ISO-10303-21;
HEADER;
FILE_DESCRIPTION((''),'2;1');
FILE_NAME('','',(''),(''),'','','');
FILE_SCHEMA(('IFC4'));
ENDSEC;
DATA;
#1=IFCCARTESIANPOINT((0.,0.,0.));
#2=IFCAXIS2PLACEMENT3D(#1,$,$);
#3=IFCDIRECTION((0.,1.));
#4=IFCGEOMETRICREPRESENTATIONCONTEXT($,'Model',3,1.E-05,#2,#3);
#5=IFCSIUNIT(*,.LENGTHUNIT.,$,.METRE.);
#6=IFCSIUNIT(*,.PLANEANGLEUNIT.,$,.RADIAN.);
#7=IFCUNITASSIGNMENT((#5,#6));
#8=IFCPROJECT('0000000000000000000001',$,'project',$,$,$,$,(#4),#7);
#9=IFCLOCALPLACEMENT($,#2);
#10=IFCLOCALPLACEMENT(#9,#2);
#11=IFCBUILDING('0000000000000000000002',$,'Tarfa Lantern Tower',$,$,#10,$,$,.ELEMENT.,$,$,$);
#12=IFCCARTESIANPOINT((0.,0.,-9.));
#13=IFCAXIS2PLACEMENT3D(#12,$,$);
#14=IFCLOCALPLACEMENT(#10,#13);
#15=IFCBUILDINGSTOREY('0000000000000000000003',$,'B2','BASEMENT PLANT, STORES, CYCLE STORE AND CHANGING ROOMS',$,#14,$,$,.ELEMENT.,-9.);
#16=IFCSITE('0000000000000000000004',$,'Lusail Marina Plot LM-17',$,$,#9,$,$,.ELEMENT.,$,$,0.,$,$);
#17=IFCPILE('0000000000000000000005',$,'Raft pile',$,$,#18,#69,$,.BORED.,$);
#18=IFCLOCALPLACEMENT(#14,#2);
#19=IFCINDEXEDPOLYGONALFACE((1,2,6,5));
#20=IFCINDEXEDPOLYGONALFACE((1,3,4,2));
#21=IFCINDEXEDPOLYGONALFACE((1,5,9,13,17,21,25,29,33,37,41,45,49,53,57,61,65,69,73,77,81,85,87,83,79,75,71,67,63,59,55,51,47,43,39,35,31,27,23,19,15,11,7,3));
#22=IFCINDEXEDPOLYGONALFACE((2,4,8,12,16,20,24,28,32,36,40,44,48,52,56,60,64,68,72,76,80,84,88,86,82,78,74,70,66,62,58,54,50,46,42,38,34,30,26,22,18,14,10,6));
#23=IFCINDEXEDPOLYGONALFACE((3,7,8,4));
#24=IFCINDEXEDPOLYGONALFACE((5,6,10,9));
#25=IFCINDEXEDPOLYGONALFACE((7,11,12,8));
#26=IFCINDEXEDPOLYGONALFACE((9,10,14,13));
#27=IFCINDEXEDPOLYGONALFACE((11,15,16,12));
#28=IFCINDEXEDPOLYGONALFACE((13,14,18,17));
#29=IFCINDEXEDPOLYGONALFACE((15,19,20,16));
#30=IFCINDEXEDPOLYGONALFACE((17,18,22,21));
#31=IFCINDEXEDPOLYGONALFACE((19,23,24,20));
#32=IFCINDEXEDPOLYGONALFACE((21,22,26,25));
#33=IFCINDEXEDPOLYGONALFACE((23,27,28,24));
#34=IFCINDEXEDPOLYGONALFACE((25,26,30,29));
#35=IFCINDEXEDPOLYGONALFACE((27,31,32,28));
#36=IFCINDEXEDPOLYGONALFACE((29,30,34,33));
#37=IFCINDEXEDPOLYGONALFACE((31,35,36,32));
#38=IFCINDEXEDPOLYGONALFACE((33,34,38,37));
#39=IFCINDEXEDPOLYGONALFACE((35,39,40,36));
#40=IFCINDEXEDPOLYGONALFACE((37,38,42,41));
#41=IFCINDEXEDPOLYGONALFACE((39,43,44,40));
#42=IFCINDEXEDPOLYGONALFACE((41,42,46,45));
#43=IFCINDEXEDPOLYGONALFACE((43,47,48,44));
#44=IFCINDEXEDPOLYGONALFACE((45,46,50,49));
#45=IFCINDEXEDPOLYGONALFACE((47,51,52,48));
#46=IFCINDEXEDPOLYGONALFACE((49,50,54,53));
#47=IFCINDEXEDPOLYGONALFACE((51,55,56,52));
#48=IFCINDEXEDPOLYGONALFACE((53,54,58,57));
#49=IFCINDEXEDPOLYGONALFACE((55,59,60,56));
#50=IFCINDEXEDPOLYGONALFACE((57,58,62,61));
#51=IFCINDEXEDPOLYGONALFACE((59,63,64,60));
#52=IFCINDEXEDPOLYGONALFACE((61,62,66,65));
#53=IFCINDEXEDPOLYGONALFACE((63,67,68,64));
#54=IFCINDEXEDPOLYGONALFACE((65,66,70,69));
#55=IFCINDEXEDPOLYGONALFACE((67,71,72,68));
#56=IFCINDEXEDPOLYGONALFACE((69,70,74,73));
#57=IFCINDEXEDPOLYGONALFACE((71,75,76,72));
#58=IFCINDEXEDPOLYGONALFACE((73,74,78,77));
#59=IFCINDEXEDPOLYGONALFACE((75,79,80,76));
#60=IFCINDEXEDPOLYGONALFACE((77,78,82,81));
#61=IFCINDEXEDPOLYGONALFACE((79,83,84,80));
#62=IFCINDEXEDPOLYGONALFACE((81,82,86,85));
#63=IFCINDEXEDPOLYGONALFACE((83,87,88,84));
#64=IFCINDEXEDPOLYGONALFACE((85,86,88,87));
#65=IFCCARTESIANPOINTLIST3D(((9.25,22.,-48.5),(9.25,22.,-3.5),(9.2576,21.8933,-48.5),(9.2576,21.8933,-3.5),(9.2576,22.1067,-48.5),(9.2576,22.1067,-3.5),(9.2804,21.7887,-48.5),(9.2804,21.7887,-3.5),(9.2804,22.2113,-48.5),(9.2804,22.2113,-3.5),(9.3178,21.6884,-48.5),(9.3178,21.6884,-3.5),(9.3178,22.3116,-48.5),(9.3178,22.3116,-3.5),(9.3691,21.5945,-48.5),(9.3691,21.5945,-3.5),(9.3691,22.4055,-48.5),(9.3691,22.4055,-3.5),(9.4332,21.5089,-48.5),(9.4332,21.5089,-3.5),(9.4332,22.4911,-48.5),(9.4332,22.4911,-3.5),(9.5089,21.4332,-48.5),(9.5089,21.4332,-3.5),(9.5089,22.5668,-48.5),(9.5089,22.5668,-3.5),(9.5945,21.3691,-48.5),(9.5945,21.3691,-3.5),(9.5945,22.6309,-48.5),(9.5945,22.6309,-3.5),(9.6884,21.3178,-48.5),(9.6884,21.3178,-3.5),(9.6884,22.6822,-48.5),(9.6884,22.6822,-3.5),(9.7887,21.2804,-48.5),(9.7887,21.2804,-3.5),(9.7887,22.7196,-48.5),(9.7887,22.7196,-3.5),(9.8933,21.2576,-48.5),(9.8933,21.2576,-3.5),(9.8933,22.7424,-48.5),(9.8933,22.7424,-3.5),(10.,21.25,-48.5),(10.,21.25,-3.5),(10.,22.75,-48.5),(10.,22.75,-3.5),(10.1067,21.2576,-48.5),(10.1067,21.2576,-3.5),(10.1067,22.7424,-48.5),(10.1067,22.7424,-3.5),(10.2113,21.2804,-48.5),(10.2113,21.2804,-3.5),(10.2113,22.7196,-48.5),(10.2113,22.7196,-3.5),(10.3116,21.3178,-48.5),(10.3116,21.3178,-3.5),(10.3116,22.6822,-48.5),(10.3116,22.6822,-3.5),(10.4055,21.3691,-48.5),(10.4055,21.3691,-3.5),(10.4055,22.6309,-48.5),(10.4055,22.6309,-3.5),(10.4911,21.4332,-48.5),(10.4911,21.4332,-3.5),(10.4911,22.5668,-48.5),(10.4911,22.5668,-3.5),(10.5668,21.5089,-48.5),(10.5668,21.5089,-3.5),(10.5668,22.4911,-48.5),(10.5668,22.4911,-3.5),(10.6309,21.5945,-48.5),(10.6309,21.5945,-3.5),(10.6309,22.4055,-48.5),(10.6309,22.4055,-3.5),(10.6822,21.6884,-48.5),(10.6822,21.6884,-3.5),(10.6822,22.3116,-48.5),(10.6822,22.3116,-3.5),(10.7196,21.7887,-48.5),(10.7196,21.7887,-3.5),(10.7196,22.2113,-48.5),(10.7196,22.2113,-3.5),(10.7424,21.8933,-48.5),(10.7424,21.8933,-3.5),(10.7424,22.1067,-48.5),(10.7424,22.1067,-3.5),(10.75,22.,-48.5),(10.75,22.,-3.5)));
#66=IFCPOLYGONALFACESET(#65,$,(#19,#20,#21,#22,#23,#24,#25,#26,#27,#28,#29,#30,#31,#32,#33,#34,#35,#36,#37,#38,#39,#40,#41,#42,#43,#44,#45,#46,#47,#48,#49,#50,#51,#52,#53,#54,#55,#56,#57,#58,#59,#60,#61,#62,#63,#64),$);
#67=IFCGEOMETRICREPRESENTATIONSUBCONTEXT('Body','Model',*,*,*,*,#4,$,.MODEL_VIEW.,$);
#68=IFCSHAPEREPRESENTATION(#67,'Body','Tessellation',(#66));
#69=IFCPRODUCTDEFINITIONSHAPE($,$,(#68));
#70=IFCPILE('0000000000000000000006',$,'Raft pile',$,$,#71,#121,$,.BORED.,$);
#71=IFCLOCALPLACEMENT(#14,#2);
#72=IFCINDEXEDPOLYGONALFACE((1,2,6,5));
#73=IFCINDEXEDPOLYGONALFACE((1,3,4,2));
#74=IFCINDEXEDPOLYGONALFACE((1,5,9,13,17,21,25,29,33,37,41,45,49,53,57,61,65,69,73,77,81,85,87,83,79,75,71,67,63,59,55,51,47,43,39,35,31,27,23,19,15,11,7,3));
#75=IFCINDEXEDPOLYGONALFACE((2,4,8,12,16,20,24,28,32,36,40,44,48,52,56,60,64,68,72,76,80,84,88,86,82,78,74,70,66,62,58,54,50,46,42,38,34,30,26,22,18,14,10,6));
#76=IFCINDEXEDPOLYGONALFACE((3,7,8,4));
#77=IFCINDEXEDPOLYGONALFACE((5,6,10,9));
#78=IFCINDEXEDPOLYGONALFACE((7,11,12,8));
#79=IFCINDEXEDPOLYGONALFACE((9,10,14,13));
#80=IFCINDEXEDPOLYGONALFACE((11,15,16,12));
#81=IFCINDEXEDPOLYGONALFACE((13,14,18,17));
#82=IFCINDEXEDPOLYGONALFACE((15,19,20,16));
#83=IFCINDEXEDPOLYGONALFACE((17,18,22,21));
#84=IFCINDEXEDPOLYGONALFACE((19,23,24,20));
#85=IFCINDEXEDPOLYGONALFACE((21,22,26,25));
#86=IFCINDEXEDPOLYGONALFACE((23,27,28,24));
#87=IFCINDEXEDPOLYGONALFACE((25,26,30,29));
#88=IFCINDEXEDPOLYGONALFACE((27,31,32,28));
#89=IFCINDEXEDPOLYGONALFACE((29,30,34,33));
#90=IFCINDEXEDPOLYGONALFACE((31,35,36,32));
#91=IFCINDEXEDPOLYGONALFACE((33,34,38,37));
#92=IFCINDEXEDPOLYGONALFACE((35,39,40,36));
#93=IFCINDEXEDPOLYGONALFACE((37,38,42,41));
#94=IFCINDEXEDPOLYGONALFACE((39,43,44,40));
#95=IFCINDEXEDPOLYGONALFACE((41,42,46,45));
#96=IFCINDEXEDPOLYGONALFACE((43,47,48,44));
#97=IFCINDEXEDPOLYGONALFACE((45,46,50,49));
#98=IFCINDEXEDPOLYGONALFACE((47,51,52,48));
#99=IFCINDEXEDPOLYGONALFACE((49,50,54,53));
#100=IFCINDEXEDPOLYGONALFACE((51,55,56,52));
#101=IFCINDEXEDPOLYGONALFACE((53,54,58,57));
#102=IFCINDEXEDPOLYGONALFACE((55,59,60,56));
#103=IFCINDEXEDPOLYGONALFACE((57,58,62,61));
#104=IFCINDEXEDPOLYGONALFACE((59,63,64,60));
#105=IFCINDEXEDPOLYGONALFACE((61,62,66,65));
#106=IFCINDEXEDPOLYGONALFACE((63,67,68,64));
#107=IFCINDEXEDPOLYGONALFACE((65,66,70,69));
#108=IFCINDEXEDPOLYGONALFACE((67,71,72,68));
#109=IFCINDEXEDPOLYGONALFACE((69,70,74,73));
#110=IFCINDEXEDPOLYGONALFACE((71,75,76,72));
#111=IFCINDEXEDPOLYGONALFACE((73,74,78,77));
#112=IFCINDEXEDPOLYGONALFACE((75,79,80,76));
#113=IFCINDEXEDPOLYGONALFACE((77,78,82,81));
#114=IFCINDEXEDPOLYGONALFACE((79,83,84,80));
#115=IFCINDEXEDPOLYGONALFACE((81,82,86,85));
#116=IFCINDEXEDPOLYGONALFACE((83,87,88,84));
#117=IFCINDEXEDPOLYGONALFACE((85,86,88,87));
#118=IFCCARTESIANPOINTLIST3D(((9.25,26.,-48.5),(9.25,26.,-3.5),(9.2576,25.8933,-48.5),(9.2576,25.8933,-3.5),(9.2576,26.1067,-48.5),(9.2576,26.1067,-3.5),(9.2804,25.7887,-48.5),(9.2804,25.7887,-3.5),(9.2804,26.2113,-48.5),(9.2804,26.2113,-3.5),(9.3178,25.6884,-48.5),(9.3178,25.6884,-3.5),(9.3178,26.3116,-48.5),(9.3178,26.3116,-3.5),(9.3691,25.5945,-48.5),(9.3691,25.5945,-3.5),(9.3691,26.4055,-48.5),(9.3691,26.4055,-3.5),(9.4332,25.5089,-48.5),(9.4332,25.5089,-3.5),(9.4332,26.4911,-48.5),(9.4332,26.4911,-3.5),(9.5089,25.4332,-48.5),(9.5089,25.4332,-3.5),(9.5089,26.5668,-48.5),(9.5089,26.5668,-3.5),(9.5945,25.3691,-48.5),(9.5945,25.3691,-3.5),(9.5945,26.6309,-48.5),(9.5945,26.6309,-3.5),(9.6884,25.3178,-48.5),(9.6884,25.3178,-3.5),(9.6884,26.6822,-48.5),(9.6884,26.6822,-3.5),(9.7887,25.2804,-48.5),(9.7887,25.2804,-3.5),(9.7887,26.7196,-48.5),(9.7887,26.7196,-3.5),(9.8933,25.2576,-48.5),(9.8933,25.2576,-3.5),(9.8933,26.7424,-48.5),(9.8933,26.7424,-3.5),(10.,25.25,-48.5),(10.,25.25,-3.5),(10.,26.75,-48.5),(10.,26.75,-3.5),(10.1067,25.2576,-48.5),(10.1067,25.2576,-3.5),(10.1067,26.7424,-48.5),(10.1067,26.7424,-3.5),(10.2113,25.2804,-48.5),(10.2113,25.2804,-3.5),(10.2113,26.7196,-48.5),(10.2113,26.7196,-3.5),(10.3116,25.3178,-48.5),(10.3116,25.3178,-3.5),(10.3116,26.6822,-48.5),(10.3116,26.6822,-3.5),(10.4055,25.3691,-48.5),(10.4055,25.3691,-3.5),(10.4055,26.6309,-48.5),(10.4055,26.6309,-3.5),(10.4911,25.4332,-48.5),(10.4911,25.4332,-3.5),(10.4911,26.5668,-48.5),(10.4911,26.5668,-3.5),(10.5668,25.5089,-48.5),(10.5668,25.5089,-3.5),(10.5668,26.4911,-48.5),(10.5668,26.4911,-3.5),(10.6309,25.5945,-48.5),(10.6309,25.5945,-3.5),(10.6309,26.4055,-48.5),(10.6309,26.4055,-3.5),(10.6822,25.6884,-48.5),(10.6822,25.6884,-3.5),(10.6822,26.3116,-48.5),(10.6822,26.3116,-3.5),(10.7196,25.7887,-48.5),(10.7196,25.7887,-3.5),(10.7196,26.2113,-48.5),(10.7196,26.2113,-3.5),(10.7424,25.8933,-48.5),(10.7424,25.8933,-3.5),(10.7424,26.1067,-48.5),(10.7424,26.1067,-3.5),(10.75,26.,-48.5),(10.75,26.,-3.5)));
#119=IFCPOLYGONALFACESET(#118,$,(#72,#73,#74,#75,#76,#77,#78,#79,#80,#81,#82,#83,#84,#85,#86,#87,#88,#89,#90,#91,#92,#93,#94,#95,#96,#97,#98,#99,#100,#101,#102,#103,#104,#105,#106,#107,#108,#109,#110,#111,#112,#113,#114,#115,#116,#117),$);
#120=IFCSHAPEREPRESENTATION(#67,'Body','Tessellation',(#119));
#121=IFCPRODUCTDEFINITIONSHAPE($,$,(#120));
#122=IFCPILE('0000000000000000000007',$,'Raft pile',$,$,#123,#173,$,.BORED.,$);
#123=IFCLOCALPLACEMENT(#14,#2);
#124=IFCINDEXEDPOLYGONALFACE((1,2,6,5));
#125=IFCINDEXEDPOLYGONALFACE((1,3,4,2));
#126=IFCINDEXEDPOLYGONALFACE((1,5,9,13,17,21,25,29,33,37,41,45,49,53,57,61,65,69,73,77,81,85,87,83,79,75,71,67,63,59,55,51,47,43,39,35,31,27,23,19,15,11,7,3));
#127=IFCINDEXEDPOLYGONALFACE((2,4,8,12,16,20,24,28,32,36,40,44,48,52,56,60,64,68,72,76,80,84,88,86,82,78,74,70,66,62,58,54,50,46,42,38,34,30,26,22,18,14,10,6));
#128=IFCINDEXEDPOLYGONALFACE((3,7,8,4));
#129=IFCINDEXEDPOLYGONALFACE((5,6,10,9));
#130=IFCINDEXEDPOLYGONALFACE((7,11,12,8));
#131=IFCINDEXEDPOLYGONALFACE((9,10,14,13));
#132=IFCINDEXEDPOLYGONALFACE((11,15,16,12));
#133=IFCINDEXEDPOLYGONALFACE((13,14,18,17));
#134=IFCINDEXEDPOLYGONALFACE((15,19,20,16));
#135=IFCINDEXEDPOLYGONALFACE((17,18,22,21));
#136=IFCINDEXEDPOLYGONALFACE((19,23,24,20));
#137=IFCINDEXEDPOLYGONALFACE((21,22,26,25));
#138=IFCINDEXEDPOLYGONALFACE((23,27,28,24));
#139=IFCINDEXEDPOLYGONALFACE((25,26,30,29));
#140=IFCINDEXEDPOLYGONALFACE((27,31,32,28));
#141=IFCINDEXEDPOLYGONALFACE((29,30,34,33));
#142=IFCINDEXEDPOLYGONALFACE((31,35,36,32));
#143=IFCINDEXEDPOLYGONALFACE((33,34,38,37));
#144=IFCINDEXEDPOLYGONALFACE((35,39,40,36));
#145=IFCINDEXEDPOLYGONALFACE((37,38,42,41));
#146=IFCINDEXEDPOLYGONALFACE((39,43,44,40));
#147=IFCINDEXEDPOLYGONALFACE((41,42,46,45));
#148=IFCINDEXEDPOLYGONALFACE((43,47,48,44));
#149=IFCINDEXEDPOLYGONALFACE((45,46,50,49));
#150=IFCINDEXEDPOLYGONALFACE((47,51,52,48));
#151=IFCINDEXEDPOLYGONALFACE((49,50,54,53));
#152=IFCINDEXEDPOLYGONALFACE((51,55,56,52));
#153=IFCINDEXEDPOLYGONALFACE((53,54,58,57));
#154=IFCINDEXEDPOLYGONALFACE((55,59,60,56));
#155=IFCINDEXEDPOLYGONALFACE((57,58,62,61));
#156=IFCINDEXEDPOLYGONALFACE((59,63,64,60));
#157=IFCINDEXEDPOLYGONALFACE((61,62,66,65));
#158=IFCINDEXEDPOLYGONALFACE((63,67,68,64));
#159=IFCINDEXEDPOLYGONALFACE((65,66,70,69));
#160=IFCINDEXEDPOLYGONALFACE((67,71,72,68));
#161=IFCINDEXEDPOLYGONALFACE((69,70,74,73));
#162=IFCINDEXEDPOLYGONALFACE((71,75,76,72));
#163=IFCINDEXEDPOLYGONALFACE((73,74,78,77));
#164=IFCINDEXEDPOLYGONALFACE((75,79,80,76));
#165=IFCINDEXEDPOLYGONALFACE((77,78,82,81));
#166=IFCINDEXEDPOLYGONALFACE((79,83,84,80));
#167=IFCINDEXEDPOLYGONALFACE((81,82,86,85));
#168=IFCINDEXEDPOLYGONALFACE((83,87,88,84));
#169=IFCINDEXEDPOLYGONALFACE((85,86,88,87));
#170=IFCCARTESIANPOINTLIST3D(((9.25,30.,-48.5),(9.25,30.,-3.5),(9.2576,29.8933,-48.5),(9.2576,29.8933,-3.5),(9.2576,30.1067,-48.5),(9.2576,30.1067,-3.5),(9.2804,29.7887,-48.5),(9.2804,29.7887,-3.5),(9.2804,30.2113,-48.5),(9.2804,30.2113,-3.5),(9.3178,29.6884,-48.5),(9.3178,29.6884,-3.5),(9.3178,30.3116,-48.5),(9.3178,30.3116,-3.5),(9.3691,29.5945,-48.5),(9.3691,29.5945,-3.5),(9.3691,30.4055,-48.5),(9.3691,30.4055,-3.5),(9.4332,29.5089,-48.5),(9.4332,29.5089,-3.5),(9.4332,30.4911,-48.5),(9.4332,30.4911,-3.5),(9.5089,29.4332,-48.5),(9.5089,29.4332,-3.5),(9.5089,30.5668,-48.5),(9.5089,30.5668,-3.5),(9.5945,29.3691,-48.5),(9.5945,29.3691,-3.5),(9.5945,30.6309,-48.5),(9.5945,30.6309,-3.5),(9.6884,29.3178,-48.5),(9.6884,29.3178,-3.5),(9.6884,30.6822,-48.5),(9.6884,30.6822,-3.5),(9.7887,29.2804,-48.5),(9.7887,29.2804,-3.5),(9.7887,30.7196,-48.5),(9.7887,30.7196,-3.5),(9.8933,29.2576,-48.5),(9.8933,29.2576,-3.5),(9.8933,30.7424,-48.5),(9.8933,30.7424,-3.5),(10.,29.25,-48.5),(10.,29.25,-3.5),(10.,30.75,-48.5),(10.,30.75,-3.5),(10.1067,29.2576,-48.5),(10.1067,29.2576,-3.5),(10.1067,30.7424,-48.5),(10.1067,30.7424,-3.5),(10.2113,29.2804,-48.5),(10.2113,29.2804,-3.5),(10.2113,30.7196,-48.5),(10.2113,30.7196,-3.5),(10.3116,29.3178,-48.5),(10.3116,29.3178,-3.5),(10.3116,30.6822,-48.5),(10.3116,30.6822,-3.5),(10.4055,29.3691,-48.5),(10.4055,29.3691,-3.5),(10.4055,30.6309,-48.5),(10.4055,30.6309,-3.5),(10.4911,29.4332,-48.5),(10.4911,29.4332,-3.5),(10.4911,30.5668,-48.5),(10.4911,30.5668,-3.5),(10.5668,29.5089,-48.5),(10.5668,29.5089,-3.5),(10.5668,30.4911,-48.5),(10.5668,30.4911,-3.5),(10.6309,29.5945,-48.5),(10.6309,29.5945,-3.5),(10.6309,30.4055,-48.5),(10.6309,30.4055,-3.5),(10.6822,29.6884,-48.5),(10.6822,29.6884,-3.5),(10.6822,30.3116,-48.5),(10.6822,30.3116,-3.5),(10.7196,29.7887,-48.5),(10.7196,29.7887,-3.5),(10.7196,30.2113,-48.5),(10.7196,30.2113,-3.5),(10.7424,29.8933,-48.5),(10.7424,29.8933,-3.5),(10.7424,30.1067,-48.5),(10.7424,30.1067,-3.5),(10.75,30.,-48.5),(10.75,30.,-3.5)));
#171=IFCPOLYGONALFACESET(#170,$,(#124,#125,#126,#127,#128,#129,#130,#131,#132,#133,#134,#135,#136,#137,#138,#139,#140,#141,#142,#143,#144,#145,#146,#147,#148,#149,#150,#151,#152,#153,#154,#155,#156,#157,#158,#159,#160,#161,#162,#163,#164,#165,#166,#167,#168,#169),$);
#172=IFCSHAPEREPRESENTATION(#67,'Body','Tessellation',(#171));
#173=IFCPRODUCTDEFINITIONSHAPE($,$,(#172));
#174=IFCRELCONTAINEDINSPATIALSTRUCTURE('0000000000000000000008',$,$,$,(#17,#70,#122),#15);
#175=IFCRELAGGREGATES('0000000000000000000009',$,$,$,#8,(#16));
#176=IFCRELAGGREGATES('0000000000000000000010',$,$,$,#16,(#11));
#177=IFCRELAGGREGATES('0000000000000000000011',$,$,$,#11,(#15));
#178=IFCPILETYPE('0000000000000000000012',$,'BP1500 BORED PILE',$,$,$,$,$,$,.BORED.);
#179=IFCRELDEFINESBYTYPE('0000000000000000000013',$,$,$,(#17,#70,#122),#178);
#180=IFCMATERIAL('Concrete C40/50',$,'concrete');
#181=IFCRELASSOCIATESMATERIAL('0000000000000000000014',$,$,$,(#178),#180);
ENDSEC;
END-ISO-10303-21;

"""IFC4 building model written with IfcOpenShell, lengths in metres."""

from ifc_helpers import new_model, si_unit, direction, frame, origin, origin_2d, place, context, subcontext, project, spatial, circle, extrude, material, material_profile, profile_set, type_object, element, save


model = new_model("IFC4")

# Units and contexts
model_context = context("Model", 3, precision=1e-05, world=origin(), true_north=direction((0.0, 1.0)))
body_context = subcontext(model_context, "Body", "Model", "MODEL_VIEW")
ifc_project = project(units=[si_unit("LENGTHUNIT", "METRE"), si_unit("PLANEANGLEUNIT", "RADIAN")], contexts=[model_context])

# Site, building, storey
site_placement = place(None, origin())
site = spatial("IfcSite", under=ifc_project, at=site_placement, Name="Lusail Marina Plot LM-17", CompositionType="ELEMENT", RefElevation=0.0)
building_placement = place(site_placement, origin())
building = spatial("IfcBuilding", under=site, at=building_placement, Name="Tarfa Lantern Tower", CompositionType="ELEMENT")
storey_placement = place(building_placement, frame((0.0, 0.0, -9.0)))
storey = spatial("IfcBuildingStorey", under=building, at=storey_placement, Name="B2", Description="BASEMENT PLANT, STORES, CYCLE STORE AND CHANGING ROOMS", CompositionType="ELEMENT", Elevation=-9.0)

# Piles
ifc_material_1 = material(Name="Concrete C40/50", Category="concrete")
ifc_material_profile_1 = material_profile(ifc_material_1, circle(Radius=0.75, at=origin_2d()), Name="BORED PILE D1500")
ifc_profile_set_1 = profile_set([ifc_material_profile_1], Name="Concrete C40/50")
pile_type = type_object("IfcPileType", Name="BP1500 BORED PILE", PredefinedType="BORED", material=ifc_profile_set_1)
for number, where, z_axis, x_axis, name in (
    (1, (10.0, 22.0, -3.5), (0.0, 0.0, -1.0), (1.0, 0.0, 0.0), "Raft pile"),
    (2, (10.0, 26.0, -3.5), (0.0, 0.0, -1.0), (1.0, 0.0, 0.0), "Raft pile"),
    (3, (10.0, 30.0, -3.5), (0.0, 0.0, -1.0), (1.0, 0.0, 0.0), "Raft pile"),
):
    element("IfcPile", number, at=place(storey_placement, frame(where, z_axis=z_axis, x_axis=x_axis)), inside=storey, type_object=pile_type, Name=name, PredefinedType="BORED", context=body_context, shape_type="SweptSolid", body=[
        extrude(circle(Radius=0.75, at=origin_2d()), origin(), (0.0, 0.0, 1.0), 45.0),
    ])

save(model, "model.ifc")
